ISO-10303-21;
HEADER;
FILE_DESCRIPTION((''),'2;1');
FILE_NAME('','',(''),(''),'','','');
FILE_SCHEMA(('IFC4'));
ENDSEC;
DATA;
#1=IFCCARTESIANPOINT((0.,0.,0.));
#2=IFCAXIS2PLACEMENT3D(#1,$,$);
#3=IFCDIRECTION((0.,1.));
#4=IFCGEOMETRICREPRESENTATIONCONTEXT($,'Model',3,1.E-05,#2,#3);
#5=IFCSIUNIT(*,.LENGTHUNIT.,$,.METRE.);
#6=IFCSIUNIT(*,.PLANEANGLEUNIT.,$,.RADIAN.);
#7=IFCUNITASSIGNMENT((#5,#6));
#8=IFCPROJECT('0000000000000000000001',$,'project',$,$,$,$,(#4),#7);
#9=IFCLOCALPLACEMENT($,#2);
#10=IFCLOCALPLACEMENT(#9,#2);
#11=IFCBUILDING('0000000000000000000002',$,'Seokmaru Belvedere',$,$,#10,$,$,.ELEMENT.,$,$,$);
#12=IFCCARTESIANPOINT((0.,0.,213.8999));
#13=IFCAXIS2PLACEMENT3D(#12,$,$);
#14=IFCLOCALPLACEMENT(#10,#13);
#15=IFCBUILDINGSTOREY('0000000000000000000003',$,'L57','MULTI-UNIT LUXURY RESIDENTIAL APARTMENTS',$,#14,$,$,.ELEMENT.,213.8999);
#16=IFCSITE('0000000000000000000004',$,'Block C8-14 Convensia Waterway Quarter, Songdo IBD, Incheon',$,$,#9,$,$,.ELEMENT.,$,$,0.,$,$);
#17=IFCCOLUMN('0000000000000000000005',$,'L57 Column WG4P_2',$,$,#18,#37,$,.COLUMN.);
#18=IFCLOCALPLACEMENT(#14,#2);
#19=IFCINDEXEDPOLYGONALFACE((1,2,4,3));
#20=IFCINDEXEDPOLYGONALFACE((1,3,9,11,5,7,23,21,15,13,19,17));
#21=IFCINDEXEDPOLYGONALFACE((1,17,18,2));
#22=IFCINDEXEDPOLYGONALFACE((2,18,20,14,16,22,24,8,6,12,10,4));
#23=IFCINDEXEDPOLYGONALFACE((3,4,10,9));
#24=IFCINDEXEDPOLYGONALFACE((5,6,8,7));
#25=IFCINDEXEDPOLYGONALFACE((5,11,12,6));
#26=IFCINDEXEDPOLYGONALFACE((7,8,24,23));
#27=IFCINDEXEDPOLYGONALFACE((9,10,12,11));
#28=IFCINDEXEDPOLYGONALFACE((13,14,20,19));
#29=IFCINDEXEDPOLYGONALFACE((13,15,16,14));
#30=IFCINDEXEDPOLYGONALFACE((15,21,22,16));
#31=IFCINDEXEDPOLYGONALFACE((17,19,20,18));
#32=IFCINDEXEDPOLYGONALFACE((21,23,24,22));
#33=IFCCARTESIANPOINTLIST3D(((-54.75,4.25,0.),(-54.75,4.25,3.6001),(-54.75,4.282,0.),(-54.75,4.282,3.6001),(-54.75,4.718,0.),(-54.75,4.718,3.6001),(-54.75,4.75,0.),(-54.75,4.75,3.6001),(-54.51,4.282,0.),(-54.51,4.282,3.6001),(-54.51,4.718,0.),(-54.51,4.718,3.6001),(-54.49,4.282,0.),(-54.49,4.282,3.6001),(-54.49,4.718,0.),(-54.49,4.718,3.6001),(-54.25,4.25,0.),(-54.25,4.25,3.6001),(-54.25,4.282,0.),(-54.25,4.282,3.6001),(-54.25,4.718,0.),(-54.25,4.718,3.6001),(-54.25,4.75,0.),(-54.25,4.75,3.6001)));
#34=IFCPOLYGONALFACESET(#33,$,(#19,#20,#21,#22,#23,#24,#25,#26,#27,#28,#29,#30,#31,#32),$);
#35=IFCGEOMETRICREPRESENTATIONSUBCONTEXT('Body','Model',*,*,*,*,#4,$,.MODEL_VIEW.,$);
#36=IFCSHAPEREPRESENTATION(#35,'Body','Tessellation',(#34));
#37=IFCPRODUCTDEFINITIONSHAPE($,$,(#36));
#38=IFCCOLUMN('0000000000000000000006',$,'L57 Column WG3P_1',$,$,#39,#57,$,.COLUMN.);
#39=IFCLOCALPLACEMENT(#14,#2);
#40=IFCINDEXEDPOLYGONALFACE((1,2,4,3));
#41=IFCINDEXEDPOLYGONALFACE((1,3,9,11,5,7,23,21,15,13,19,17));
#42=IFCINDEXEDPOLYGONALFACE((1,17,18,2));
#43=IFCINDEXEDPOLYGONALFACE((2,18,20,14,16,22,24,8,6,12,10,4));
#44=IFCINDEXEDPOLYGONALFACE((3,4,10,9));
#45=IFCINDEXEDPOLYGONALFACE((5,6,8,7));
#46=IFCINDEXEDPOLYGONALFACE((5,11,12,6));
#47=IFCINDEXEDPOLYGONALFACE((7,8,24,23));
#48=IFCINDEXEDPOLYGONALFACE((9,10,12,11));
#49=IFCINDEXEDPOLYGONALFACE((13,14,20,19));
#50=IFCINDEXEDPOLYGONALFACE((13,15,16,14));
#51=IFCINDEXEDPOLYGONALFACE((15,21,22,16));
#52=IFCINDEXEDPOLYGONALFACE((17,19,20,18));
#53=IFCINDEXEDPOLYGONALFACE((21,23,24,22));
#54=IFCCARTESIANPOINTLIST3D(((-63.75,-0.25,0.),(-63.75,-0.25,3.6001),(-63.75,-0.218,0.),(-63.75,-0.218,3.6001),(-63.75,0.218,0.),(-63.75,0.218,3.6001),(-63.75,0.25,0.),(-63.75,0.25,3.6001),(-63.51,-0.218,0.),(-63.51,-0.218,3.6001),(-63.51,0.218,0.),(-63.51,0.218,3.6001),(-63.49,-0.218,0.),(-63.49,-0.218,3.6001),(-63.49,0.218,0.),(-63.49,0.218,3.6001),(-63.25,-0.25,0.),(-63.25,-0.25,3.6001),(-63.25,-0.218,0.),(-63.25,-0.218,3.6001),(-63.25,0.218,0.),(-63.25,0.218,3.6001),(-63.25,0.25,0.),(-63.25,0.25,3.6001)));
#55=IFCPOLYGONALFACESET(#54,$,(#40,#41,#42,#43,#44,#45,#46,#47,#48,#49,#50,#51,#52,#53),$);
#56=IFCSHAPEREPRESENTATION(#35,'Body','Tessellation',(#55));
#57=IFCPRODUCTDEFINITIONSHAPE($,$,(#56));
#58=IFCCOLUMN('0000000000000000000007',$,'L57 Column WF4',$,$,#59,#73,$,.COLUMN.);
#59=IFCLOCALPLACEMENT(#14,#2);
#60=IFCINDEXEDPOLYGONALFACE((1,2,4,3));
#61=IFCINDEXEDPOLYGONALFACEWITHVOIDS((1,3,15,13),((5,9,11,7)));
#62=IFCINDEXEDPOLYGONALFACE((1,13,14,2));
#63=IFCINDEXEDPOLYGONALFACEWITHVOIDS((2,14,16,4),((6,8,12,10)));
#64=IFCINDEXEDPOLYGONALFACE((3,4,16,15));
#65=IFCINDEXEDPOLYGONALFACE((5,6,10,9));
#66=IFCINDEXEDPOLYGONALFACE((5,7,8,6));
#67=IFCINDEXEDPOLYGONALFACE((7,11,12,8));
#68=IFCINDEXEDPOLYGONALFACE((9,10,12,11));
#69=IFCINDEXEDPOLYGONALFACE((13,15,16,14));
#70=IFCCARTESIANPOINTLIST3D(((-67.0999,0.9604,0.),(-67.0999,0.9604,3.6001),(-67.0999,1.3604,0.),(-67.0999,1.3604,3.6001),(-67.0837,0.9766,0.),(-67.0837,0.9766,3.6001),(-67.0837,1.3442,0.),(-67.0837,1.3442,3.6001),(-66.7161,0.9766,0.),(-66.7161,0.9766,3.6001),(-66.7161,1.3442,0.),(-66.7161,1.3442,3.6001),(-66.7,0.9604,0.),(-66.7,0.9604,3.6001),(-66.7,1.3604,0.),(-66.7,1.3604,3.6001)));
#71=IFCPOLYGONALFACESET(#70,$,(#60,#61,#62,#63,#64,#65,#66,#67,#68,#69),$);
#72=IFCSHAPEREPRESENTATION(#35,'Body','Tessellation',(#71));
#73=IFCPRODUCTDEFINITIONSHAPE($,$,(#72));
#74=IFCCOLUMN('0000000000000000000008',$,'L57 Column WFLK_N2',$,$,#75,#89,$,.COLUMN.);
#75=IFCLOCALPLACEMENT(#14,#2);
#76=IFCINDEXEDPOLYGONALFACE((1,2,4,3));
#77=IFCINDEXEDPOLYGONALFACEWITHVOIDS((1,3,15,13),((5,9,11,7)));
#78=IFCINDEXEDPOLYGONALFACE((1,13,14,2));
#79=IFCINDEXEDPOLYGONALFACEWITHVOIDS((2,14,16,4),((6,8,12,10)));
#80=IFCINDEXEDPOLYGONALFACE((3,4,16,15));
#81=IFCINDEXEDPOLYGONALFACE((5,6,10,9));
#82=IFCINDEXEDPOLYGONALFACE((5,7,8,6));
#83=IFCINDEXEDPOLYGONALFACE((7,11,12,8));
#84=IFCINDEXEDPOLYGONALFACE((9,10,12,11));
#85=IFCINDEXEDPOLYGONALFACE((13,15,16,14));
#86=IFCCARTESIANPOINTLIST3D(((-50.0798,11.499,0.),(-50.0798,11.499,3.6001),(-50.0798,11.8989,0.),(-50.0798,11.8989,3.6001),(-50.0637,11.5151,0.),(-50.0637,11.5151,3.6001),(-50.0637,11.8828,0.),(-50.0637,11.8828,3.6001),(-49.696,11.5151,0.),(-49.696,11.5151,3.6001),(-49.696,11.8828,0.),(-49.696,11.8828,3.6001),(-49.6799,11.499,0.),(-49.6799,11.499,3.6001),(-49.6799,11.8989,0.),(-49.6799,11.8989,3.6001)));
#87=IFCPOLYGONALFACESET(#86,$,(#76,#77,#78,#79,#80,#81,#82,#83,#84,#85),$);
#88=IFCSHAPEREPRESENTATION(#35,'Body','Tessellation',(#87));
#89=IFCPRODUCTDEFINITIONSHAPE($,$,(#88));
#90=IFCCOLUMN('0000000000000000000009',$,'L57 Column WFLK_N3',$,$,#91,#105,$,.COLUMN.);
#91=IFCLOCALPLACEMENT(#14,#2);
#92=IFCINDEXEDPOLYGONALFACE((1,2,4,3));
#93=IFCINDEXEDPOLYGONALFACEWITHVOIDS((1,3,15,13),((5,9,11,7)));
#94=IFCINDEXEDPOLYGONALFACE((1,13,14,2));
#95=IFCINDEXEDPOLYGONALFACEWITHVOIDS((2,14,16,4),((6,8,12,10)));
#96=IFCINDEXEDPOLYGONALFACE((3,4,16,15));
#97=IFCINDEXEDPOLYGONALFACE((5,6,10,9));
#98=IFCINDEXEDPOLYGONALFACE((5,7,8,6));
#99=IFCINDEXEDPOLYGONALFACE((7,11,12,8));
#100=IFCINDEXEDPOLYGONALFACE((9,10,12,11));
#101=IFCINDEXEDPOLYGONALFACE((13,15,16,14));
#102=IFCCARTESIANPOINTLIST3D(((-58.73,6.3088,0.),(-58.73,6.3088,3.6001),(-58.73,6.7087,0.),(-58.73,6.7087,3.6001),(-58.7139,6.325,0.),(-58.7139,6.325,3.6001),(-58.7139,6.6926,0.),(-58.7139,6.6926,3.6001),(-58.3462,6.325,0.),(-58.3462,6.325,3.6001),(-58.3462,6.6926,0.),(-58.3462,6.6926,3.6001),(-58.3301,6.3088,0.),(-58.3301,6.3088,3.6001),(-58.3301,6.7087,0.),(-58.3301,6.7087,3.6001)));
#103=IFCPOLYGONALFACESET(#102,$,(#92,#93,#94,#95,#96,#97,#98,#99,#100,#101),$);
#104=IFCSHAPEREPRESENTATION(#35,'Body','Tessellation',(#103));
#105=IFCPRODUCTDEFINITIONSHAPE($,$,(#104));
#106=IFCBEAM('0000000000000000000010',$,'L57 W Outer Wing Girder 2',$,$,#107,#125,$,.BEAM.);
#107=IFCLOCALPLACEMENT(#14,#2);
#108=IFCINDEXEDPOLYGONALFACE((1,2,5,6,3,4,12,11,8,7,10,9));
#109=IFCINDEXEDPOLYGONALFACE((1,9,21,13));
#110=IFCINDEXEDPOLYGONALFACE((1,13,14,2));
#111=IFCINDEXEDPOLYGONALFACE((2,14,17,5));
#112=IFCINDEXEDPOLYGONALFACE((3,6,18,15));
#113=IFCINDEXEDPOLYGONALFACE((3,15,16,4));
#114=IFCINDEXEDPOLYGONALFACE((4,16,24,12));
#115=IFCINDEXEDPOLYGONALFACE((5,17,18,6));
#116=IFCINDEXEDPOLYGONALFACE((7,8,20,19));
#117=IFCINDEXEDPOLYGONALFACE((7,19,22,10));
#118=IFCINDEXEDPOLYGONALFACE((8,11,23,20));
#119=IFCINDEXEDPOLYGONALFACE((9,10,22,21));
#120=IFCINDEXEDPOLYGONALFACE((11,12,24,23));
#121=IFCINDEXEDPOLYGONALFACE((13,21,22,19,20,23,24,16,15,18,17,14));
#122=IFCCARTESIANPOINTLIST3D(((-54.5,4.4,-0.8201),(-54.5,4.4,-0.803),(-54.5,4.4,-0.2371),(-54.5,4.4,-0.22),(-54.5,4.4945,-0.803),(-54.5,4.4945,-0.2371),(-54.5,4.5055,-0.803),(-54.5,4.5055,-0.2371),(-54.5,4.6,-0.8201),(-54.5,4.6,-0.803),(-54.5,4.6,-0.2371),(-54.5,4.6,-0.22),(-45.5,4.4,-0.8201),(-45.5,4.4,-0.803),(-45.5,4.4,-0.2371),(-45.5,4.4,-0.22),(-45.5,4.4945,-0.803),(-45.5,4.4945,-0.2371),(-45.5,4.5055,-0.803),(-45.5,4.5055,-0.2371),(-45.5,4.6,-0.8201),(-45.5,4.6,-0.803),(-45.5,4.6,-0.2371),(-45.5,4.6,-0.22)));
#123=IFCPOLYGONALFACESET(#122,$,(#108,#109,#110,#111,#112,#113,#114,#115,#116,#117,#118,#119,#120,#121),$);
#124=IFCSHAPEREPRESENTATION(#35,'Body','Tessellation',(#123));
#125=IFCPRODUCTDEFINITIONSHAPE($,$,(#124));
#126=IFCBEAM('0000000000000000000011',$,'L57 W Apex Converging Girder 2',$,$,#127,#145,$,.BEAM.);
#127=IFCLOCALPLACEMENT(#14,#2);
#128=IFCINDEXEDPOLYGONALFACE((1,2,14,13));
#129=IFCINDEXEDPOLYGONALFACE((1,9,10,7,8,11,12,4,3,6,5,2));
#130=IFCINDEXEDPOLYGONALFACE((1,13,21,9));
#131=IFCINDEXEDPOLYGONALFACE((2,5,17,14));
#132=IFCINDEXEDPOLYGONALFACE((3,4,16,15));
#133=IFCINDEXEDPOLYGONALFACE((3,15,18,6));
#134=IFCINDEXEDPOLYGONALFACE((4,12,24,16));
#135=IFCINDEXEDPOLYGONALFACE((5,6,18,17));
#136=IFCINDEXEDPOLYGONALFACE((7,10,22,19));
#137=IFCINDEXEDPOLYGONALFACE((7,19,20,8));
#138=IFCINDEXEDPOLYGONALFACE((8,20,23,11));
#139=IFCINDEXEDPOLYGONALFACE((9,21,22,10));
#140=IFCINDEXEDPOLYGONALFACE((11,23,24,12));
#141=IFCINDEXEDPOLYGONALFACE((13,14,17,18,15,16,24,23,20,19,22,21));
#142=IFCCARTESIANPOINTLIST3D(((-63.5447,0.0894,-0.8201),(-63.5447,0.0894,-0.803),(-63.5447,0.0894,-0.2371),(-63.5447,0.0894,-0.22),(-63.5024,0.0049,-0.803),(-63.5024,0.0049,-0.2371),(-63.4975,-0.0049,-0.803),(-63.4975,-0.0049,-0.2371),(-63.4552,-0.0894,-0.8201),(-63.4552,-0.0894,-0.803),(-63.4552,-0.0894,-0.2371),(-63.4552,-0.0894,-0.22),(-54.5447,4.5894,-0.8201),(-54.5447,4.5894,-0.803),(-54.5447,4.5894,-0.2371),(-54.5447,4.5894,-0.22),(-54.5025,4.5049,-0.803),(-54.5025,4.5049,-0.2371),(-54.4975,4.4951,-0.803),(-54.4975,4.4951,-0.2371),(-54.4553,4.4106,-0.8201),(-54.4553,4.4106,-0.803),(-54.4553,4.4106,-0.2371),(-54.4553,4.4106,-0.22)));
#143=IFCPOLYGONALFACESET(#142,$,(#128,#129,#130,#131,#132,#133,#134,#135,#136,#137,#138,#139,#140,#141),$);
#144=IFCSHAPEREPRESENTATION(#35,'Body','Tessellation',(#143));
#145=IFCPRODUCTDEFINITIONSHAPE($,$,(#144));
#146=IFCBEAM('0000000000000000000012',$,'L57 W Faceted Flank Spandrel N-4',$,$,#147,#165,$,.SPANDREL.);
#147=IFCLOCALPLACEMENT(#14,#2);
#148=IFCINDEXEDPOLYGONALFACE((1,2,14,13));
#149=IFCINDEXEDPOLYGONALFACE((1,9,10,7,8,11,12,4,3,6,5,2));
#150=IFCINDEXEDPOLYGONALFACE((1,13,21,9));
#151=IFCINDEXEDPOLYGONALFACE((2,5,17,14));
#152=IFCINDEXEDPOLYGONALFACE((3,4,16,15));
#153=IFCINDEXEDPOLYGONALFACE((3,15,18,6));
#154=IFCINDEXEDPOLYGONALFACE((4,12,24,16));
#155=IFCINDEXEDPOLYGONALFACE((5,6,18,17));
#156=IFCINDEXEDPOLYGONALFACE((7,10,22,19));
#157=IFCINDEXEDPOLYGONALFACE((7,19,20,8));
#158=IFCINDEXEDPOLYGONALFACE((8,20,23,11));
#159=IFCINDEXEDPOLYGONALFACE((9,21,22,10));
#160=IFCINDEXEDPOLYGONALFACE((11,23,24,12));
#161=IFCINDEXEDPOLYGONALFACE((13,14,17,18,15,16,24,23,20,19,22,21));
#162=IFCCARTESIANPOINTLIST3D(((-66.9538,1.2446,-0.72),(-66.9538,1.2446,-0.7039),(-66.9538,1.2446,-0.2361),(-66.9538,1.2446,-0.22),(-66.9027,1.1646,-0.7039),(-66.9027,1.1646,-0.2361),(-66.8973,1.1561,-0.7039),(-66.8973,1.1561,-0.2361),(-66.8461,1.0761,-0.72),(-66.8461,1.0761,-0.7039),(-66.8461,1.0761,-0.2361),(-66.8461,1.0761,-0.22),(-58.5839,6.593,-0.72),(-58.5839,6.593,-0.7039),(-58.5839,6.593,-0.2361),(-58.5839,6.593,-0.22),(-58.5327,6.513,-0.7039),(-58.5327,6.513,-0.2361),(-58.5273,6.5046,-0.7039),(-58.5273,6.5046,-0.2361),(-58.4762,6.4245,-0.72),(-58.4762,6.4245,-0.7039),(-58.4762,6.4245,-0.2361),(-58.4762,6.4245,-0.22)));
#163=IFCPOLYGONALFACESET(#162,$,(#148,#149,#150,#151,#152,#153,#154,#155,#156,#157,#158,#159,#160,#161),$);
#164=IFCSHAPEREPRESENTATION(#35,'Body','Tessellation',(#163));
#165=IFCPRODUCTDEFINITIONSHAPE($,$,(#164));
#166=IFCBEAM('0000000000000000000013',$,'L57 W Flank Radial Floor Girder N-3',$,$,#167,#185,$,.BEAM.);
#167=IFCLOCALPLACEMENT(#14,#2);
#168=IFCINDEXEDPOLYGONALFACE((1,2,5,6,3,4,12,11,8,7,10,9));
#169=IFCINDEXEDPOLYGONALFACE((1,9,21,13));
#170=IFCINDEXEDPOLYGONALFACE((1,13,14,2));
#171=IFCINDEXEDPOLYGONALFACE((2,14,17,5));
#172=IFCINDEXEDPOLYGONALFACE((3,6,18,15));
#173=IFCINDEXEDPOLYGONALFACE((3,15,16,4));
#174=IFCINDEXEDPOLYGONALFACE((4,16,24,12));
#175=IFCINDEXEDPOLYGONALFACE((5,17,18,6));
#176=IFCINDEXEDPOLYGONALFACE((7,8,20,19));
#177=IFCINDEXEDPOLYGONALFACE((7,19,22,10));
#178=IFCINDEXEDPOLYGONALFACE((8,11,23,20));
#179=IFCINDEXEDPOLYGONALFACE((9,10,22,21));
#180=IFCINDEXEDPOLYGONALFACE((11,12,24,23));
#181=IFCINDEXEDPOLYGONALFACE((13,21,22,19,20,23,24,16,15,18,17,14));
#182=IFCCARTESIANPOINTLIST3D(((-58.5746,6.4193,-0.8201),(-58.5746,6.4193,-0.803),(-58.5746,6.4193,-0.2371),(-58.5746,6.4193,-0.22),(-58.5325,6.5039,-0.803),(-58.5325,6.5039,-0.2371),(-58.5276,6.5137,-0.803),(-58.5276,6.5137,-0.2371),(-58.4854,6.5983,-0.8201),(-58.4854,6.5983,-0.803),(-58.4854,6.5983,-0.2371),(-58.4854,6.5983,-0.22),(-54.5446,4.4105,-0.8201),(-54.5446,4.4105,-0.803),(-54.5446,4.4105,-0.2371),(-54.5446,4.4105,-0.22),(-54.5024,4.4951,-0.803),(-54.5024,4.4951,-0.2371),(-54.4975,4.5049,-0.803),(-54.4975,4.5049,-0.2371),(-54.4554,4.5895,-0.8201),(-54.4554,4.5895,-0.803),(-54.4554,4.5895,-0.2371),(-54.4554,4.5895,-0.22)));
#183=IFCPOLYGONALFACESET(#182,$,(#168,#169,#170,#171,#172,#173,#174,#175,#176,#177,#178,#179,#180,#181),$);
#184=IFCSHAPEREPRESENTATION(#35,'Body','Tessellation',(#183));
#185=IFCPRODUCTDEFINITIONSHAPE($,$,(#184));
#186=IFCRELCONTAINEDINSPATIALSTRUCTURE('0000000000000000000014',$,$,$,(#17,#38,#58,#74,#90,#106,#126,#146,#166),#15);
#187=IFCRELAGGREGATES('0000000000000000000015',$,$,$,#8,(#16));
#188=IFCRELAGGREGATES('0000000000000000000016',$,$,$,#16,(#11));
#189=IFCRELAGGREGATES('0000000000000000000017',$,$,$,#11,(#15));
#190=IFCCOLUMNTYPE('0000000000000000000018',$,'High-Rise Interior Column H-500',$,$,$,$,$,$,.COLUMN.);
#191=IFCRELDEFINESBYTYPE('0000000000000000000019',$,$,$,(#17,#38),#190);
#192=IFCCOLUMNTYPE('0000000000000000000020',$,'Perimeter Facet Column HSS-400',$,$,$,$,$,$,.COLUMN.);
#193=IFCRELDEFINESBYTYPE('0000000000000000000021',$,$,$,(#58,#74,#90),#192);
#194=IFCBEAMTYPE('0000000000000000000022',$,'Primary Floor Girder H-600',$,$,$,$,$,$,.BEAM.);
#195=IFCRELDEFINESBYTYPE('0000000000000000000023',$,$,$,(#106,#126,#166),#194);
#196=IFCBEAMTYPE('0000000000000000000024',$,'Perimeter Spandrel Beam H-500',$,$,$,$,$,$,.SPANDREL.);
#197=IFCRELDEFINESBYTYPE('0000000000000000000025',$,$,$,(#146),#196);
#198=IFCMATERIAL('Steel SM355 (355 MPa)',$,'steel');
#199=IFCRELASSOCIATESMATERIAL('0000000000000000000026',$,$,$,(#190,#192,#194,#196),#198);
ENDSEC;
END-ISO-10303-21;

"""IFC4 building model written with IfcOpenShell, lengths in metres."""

from ifc_helpers import new_model, si_unit, direction, frame, origin, origin_2d, place, context, subcontext, project, spatial, hollow_rectangle, i_section, extrude, source, transform, mapped, material, material_profile, profile_set, type_object, type_shapes, element, save


model = new_model("IFC4")

# Units and contexts
model_context = context("Model", 3, precision=1e-05, world=origin(), true_north=direction((0.0, 1.0)))
body_context = subcontext(model_context, "Body", "Model", "MODEL_VIEW")
ifc_project = project(units=[si_unit("LENGTHUNIT", "METRE"), si_unit("PLANEANGLEUNIT", "RADIAN")], contexts=[model_context])

# Site, building, storey
site_placement = place(None, origin())
site = spatial("IfcSite", under=ifc_project, at=site_placement, Name="Block C8-14 Convensia Waterway Quarter, Songdo IBD, Incheon", CompositionType="ELEMENT", RefElevation=0.0)
building_placement = place(site_placement, origin())
building = spatial("IfcBuilding", under=site, at=building_placement, Name="Seokmaru Belvedere", CompositionType="ELEMENT")
storey_placement = place(building_placement, frame((0.0, 0.0, 213.8999)))
storey = spatial("IfcBuildingStorey", under=building, at=storey_placement, Name="L57", Description="MULTI-UNIT LUXURY RESIDENTIAL APARTMENTS", CompositionType="ELEMENT", Elevation=213.8999)

# Columns
ifc_material_1 = material(Name="Steel SM355 (355 MPa)", Category="steel")
ifc_material_profile_1 = material_profile(ifc_material_1, i_section(OverallWidth=0.5, OverallDepth=0.5, WebThickness=0.02, FlangeThickness=0.032, at=origin_2d()), Name="H-500x500x20x32")
ifc_profile_set_1 = profile_set([ifc_material_profile_1], Name="Steel SM355 (355 MPa)")
column_type_1 = type_object("IfcColumnType", Name="High-Rise Interior Column H-500", PredefinedType="COLUMN", material=ifc_profile_set_1)
shared_shape_1 = source(origin(), body_context, "Body", "SweptSolid", [
    extrude(i_section(OverallWidth=0.5, OverallDepth=0.5, WebThickness=0.02, FlangeThickness=0.032, at=origin_2d()), origin(), (0.0, 0.0, 1.0), 3.6001),
])
type_shapes(column_type_1, [shared_shape_1])
for number, where, z_axis, x_axis, name in (
    (1, (-54.5, 4.5, 0.0), (0.0, 0.0, 1.0), (1.0, 0.0, 0.0), "L57 Column WG4P_2"),
    (2, (-63.5, 0.0, 0.0), (0.0, 0.0, 1.0), (1.0, 0.0, 0.0), "L57 Column WG3P_1"),
):
    element("IfcColumn", number, at=place(storey_placement, frame(where, z_axis=z_axis, x_axis=x_axis)), inside=storey, type_object=column_type_1, Name=name, PredefinedType="COLUMN", context=body_context, shape_type="MappedRepresentation", body=[
        mapped(shared_shape_1, transform((0.0, 0.0, 0.0), scale=1.0)),
    ])
ifc_material_profile_2 = material_profile(ifc_material_1, hollow_rectangle(XDim=0.3999, YDim=0.3999, WallThickness=0.0161, at=origin_2d()), Name="HSS-400x400x16")
ifc_profile_set_2 = profile_set([ifc_material_profile_2], Name="Steel SM355 (355 MPa)")
column_type_2 = type_object("IfcColumnType", Name="Perimeter Facet Column HSS-400", PredefinedType="COLUMN", material=ifc_profile_set_2)
shared_shape_2 = source(origin(), body_context, "Body", "SweptSolid", [
    extrude(hollow_rectangle(XDim=0.3999, YDim=0.3999, WallThickness=0.0161, at=origin_2d()), origin(), (0.0, 0.0, 1.0), 3.6001),
])
type_shapes(column_type_2, [shared_shape_2])
for number, where, z_axis, x_axis, name in (
    (3, (-66.8999, 1.1604, 0.0), (0.0, 0.0, 1.0), (1.0, 0.0, 0.0), "L57 Column WF4"),
    (4, (-49.8799, 11.699, 0.0), (0.0, 0.0, 1.0), (1.0, 0.0, 0.0), "L57 Column WFLK_N2"),
    (5, (-58.53, 6.5088, 0.0), (0.0, 0.0, 1.0), (1.0, 0.0, 0.0), "L57 Column WFLK_N3"),
):
    element("IfcColumn", number, at=place(storey_placement, frame(where, z_axis=z_axis, x_axis=x_axis)), inside=storey, type_object=column_type_2, Name=name, PredefinedType="COLUMN", context=body_context, shape_type="MappedRepresentation", body=[
        mapped(shared_shape_2, transform((0.0, 0.0, 0.0), scale=1.0)),
    ])

# Beams
ifc_material_profile_3 = material_profile(ifc_material_1, i_section(OverallWidth=0.2, OverallDepth=0.6001, WebThickness=0.011, FlangeThickness=0.0171, at=origin_2d()), Name="H-600x200x11x17")
ifc_profile_set_3 = profile_set([ifc_material_profile_3], Name="Steel SM355 (355 MPa)")
beam_type_1 = type_object("IfcBeamType", Name="Primary Floor Girder H-600", PredefinedType="BEAM", material=ifc_profile_set_3)
shared_shape_3 = source(origin(), body_context, "Body", "SweptSolid", [
    extrude(i_section(OverallWidth=0.2, OverallDepth=0.6001, WebThickness=0.011, FlangeThickness=0.0171, at=origin_2d()), origin(), (0.0, 0.0, 1.0), 9.0),
])
beam_1_placement = place(storey_placement, frame((-54.5, 4.5, -0.52), z_axis=(1.0, 0.0, 0.0), x_axis=(0.0, 1.0, 0.0)))
element("IfcBeam", 6, at=beam_1_placement, inside=storey, type_object=beam_type_1, Name="L57 W Outer Wing Girder 2", PredefinedType="BEAM", context=body_context, shape_type="MappedRepresentation", body=[
    mapped(shared_shape_3, transform((0.0, 0.0, 0.0), scale=1.0)),
])
shared_shape_4 = source(origin(), body_context, "Body", "SweptSolid", [
    extrude(i_section(OverallWidth=0.2, OverallDepth=0.6001, WebThickness=0.011, FlangeThickness=0.0171, at=origin_2d()), origin(), (0.0, 0.0, 1.0), 10.0623),
])
beam_2_placement = place(storey_placement, frame((-54.5, 4.5, -0.52), z_axis=(-0.894427, -0.447214, 0.0), x_axis=(0.447214, -0.894427, 0.0)))
element("IfcBeam", 7, at=beam_2_placement, inside=storey, type_object=beam_type_1, Name="L57 W Apex Converging Girder 2", PredefinedType="BEAM", context=body_context, shape_type="MappedRepresentation", body=[
    mapped(shared_shape_4, transform((0.0, 0.0, 0.0), scale=1.0)),
])
ifc_material_profile_4 = material_profile(ifc_material_1, i_section(OverallWidth=0.2, OverallDepth=0.5, WebThickness=0.01, FlangeThickness=0.0161, at=origin_2d()), Name="H-500x200x10x16")
ifc_profile_set_4 = profile_set([ifc_material_profile_4], Name="Steel SM355 (355 MPa)")
beam_type_2 = type_object("IfcBeamType", Name="Perimeter Spandrel Beam H-500", PredefinedType="SPANDREL", material=ifc_profile_set_4)
shared_shape_5 = source(origin(), body_context, "Body", "SweptSolid", [
    extrude(i_section(OverallWidth=0.2, OverallDepth=0.5, WebThickness=0.01, FlangeThickness=0.0161, at=origin_2d()), origin(), (0.0, 0.0, 1.0), 9.9329),
])
type_shapes(beam_type_2, [shared_shape_5])
beam_3_placement = place(storey_placement, frame((-58.53, 6.5088, -0.47), z_axis=(-0.842652, -0.538459, 0.0), x_axis=(0.538459, -0.842652, 0.0)))
element("IfcBeam", 8, at=beam_3_placement, inside=storey, type_object=beam_type_2, Name="L57 W Faceted Flank Spandrel N-4", PredefinedType="SPANDREL", context=body_context, shape_type="MappedRepresentation", body=[
    mapped(shared_shape_5, transform((0.0, 0.0, 0.0), scale=1.0)),
])
shared_shape_6 = source(origin(), body_context, "Body", "SweptSolid", [
    extrude(i_section(OverallWidth=0.2, OverallDepth=0.6001, WebThickness=0.011, FlangeThickness=0.0171, at=origin_2d()), origin(), (0.0, 0.0, 1.0), 4.5029),
])
beam_4_placement = place(storey_placement, frame((-58.53, 6.5088, -0.52), z_axis=(0.89498, -0.446107, 0.0), x_axis=(0.446107, 0.89498, 0.0)))
element("IfcBeam", 9, at=beam_4_placement, inside=storey, type_object=beam_type_1, Name="L57 W Flank Radial Floor Girder N-3", PredefinedType="BEAM", context=body_context, shape_type="MappedRepresentation", body=[
    mapped(shared_shape_6, transform((0.0, 0.0, 0.0), scale=1.0)),
])

save(model, "model.ifc")
